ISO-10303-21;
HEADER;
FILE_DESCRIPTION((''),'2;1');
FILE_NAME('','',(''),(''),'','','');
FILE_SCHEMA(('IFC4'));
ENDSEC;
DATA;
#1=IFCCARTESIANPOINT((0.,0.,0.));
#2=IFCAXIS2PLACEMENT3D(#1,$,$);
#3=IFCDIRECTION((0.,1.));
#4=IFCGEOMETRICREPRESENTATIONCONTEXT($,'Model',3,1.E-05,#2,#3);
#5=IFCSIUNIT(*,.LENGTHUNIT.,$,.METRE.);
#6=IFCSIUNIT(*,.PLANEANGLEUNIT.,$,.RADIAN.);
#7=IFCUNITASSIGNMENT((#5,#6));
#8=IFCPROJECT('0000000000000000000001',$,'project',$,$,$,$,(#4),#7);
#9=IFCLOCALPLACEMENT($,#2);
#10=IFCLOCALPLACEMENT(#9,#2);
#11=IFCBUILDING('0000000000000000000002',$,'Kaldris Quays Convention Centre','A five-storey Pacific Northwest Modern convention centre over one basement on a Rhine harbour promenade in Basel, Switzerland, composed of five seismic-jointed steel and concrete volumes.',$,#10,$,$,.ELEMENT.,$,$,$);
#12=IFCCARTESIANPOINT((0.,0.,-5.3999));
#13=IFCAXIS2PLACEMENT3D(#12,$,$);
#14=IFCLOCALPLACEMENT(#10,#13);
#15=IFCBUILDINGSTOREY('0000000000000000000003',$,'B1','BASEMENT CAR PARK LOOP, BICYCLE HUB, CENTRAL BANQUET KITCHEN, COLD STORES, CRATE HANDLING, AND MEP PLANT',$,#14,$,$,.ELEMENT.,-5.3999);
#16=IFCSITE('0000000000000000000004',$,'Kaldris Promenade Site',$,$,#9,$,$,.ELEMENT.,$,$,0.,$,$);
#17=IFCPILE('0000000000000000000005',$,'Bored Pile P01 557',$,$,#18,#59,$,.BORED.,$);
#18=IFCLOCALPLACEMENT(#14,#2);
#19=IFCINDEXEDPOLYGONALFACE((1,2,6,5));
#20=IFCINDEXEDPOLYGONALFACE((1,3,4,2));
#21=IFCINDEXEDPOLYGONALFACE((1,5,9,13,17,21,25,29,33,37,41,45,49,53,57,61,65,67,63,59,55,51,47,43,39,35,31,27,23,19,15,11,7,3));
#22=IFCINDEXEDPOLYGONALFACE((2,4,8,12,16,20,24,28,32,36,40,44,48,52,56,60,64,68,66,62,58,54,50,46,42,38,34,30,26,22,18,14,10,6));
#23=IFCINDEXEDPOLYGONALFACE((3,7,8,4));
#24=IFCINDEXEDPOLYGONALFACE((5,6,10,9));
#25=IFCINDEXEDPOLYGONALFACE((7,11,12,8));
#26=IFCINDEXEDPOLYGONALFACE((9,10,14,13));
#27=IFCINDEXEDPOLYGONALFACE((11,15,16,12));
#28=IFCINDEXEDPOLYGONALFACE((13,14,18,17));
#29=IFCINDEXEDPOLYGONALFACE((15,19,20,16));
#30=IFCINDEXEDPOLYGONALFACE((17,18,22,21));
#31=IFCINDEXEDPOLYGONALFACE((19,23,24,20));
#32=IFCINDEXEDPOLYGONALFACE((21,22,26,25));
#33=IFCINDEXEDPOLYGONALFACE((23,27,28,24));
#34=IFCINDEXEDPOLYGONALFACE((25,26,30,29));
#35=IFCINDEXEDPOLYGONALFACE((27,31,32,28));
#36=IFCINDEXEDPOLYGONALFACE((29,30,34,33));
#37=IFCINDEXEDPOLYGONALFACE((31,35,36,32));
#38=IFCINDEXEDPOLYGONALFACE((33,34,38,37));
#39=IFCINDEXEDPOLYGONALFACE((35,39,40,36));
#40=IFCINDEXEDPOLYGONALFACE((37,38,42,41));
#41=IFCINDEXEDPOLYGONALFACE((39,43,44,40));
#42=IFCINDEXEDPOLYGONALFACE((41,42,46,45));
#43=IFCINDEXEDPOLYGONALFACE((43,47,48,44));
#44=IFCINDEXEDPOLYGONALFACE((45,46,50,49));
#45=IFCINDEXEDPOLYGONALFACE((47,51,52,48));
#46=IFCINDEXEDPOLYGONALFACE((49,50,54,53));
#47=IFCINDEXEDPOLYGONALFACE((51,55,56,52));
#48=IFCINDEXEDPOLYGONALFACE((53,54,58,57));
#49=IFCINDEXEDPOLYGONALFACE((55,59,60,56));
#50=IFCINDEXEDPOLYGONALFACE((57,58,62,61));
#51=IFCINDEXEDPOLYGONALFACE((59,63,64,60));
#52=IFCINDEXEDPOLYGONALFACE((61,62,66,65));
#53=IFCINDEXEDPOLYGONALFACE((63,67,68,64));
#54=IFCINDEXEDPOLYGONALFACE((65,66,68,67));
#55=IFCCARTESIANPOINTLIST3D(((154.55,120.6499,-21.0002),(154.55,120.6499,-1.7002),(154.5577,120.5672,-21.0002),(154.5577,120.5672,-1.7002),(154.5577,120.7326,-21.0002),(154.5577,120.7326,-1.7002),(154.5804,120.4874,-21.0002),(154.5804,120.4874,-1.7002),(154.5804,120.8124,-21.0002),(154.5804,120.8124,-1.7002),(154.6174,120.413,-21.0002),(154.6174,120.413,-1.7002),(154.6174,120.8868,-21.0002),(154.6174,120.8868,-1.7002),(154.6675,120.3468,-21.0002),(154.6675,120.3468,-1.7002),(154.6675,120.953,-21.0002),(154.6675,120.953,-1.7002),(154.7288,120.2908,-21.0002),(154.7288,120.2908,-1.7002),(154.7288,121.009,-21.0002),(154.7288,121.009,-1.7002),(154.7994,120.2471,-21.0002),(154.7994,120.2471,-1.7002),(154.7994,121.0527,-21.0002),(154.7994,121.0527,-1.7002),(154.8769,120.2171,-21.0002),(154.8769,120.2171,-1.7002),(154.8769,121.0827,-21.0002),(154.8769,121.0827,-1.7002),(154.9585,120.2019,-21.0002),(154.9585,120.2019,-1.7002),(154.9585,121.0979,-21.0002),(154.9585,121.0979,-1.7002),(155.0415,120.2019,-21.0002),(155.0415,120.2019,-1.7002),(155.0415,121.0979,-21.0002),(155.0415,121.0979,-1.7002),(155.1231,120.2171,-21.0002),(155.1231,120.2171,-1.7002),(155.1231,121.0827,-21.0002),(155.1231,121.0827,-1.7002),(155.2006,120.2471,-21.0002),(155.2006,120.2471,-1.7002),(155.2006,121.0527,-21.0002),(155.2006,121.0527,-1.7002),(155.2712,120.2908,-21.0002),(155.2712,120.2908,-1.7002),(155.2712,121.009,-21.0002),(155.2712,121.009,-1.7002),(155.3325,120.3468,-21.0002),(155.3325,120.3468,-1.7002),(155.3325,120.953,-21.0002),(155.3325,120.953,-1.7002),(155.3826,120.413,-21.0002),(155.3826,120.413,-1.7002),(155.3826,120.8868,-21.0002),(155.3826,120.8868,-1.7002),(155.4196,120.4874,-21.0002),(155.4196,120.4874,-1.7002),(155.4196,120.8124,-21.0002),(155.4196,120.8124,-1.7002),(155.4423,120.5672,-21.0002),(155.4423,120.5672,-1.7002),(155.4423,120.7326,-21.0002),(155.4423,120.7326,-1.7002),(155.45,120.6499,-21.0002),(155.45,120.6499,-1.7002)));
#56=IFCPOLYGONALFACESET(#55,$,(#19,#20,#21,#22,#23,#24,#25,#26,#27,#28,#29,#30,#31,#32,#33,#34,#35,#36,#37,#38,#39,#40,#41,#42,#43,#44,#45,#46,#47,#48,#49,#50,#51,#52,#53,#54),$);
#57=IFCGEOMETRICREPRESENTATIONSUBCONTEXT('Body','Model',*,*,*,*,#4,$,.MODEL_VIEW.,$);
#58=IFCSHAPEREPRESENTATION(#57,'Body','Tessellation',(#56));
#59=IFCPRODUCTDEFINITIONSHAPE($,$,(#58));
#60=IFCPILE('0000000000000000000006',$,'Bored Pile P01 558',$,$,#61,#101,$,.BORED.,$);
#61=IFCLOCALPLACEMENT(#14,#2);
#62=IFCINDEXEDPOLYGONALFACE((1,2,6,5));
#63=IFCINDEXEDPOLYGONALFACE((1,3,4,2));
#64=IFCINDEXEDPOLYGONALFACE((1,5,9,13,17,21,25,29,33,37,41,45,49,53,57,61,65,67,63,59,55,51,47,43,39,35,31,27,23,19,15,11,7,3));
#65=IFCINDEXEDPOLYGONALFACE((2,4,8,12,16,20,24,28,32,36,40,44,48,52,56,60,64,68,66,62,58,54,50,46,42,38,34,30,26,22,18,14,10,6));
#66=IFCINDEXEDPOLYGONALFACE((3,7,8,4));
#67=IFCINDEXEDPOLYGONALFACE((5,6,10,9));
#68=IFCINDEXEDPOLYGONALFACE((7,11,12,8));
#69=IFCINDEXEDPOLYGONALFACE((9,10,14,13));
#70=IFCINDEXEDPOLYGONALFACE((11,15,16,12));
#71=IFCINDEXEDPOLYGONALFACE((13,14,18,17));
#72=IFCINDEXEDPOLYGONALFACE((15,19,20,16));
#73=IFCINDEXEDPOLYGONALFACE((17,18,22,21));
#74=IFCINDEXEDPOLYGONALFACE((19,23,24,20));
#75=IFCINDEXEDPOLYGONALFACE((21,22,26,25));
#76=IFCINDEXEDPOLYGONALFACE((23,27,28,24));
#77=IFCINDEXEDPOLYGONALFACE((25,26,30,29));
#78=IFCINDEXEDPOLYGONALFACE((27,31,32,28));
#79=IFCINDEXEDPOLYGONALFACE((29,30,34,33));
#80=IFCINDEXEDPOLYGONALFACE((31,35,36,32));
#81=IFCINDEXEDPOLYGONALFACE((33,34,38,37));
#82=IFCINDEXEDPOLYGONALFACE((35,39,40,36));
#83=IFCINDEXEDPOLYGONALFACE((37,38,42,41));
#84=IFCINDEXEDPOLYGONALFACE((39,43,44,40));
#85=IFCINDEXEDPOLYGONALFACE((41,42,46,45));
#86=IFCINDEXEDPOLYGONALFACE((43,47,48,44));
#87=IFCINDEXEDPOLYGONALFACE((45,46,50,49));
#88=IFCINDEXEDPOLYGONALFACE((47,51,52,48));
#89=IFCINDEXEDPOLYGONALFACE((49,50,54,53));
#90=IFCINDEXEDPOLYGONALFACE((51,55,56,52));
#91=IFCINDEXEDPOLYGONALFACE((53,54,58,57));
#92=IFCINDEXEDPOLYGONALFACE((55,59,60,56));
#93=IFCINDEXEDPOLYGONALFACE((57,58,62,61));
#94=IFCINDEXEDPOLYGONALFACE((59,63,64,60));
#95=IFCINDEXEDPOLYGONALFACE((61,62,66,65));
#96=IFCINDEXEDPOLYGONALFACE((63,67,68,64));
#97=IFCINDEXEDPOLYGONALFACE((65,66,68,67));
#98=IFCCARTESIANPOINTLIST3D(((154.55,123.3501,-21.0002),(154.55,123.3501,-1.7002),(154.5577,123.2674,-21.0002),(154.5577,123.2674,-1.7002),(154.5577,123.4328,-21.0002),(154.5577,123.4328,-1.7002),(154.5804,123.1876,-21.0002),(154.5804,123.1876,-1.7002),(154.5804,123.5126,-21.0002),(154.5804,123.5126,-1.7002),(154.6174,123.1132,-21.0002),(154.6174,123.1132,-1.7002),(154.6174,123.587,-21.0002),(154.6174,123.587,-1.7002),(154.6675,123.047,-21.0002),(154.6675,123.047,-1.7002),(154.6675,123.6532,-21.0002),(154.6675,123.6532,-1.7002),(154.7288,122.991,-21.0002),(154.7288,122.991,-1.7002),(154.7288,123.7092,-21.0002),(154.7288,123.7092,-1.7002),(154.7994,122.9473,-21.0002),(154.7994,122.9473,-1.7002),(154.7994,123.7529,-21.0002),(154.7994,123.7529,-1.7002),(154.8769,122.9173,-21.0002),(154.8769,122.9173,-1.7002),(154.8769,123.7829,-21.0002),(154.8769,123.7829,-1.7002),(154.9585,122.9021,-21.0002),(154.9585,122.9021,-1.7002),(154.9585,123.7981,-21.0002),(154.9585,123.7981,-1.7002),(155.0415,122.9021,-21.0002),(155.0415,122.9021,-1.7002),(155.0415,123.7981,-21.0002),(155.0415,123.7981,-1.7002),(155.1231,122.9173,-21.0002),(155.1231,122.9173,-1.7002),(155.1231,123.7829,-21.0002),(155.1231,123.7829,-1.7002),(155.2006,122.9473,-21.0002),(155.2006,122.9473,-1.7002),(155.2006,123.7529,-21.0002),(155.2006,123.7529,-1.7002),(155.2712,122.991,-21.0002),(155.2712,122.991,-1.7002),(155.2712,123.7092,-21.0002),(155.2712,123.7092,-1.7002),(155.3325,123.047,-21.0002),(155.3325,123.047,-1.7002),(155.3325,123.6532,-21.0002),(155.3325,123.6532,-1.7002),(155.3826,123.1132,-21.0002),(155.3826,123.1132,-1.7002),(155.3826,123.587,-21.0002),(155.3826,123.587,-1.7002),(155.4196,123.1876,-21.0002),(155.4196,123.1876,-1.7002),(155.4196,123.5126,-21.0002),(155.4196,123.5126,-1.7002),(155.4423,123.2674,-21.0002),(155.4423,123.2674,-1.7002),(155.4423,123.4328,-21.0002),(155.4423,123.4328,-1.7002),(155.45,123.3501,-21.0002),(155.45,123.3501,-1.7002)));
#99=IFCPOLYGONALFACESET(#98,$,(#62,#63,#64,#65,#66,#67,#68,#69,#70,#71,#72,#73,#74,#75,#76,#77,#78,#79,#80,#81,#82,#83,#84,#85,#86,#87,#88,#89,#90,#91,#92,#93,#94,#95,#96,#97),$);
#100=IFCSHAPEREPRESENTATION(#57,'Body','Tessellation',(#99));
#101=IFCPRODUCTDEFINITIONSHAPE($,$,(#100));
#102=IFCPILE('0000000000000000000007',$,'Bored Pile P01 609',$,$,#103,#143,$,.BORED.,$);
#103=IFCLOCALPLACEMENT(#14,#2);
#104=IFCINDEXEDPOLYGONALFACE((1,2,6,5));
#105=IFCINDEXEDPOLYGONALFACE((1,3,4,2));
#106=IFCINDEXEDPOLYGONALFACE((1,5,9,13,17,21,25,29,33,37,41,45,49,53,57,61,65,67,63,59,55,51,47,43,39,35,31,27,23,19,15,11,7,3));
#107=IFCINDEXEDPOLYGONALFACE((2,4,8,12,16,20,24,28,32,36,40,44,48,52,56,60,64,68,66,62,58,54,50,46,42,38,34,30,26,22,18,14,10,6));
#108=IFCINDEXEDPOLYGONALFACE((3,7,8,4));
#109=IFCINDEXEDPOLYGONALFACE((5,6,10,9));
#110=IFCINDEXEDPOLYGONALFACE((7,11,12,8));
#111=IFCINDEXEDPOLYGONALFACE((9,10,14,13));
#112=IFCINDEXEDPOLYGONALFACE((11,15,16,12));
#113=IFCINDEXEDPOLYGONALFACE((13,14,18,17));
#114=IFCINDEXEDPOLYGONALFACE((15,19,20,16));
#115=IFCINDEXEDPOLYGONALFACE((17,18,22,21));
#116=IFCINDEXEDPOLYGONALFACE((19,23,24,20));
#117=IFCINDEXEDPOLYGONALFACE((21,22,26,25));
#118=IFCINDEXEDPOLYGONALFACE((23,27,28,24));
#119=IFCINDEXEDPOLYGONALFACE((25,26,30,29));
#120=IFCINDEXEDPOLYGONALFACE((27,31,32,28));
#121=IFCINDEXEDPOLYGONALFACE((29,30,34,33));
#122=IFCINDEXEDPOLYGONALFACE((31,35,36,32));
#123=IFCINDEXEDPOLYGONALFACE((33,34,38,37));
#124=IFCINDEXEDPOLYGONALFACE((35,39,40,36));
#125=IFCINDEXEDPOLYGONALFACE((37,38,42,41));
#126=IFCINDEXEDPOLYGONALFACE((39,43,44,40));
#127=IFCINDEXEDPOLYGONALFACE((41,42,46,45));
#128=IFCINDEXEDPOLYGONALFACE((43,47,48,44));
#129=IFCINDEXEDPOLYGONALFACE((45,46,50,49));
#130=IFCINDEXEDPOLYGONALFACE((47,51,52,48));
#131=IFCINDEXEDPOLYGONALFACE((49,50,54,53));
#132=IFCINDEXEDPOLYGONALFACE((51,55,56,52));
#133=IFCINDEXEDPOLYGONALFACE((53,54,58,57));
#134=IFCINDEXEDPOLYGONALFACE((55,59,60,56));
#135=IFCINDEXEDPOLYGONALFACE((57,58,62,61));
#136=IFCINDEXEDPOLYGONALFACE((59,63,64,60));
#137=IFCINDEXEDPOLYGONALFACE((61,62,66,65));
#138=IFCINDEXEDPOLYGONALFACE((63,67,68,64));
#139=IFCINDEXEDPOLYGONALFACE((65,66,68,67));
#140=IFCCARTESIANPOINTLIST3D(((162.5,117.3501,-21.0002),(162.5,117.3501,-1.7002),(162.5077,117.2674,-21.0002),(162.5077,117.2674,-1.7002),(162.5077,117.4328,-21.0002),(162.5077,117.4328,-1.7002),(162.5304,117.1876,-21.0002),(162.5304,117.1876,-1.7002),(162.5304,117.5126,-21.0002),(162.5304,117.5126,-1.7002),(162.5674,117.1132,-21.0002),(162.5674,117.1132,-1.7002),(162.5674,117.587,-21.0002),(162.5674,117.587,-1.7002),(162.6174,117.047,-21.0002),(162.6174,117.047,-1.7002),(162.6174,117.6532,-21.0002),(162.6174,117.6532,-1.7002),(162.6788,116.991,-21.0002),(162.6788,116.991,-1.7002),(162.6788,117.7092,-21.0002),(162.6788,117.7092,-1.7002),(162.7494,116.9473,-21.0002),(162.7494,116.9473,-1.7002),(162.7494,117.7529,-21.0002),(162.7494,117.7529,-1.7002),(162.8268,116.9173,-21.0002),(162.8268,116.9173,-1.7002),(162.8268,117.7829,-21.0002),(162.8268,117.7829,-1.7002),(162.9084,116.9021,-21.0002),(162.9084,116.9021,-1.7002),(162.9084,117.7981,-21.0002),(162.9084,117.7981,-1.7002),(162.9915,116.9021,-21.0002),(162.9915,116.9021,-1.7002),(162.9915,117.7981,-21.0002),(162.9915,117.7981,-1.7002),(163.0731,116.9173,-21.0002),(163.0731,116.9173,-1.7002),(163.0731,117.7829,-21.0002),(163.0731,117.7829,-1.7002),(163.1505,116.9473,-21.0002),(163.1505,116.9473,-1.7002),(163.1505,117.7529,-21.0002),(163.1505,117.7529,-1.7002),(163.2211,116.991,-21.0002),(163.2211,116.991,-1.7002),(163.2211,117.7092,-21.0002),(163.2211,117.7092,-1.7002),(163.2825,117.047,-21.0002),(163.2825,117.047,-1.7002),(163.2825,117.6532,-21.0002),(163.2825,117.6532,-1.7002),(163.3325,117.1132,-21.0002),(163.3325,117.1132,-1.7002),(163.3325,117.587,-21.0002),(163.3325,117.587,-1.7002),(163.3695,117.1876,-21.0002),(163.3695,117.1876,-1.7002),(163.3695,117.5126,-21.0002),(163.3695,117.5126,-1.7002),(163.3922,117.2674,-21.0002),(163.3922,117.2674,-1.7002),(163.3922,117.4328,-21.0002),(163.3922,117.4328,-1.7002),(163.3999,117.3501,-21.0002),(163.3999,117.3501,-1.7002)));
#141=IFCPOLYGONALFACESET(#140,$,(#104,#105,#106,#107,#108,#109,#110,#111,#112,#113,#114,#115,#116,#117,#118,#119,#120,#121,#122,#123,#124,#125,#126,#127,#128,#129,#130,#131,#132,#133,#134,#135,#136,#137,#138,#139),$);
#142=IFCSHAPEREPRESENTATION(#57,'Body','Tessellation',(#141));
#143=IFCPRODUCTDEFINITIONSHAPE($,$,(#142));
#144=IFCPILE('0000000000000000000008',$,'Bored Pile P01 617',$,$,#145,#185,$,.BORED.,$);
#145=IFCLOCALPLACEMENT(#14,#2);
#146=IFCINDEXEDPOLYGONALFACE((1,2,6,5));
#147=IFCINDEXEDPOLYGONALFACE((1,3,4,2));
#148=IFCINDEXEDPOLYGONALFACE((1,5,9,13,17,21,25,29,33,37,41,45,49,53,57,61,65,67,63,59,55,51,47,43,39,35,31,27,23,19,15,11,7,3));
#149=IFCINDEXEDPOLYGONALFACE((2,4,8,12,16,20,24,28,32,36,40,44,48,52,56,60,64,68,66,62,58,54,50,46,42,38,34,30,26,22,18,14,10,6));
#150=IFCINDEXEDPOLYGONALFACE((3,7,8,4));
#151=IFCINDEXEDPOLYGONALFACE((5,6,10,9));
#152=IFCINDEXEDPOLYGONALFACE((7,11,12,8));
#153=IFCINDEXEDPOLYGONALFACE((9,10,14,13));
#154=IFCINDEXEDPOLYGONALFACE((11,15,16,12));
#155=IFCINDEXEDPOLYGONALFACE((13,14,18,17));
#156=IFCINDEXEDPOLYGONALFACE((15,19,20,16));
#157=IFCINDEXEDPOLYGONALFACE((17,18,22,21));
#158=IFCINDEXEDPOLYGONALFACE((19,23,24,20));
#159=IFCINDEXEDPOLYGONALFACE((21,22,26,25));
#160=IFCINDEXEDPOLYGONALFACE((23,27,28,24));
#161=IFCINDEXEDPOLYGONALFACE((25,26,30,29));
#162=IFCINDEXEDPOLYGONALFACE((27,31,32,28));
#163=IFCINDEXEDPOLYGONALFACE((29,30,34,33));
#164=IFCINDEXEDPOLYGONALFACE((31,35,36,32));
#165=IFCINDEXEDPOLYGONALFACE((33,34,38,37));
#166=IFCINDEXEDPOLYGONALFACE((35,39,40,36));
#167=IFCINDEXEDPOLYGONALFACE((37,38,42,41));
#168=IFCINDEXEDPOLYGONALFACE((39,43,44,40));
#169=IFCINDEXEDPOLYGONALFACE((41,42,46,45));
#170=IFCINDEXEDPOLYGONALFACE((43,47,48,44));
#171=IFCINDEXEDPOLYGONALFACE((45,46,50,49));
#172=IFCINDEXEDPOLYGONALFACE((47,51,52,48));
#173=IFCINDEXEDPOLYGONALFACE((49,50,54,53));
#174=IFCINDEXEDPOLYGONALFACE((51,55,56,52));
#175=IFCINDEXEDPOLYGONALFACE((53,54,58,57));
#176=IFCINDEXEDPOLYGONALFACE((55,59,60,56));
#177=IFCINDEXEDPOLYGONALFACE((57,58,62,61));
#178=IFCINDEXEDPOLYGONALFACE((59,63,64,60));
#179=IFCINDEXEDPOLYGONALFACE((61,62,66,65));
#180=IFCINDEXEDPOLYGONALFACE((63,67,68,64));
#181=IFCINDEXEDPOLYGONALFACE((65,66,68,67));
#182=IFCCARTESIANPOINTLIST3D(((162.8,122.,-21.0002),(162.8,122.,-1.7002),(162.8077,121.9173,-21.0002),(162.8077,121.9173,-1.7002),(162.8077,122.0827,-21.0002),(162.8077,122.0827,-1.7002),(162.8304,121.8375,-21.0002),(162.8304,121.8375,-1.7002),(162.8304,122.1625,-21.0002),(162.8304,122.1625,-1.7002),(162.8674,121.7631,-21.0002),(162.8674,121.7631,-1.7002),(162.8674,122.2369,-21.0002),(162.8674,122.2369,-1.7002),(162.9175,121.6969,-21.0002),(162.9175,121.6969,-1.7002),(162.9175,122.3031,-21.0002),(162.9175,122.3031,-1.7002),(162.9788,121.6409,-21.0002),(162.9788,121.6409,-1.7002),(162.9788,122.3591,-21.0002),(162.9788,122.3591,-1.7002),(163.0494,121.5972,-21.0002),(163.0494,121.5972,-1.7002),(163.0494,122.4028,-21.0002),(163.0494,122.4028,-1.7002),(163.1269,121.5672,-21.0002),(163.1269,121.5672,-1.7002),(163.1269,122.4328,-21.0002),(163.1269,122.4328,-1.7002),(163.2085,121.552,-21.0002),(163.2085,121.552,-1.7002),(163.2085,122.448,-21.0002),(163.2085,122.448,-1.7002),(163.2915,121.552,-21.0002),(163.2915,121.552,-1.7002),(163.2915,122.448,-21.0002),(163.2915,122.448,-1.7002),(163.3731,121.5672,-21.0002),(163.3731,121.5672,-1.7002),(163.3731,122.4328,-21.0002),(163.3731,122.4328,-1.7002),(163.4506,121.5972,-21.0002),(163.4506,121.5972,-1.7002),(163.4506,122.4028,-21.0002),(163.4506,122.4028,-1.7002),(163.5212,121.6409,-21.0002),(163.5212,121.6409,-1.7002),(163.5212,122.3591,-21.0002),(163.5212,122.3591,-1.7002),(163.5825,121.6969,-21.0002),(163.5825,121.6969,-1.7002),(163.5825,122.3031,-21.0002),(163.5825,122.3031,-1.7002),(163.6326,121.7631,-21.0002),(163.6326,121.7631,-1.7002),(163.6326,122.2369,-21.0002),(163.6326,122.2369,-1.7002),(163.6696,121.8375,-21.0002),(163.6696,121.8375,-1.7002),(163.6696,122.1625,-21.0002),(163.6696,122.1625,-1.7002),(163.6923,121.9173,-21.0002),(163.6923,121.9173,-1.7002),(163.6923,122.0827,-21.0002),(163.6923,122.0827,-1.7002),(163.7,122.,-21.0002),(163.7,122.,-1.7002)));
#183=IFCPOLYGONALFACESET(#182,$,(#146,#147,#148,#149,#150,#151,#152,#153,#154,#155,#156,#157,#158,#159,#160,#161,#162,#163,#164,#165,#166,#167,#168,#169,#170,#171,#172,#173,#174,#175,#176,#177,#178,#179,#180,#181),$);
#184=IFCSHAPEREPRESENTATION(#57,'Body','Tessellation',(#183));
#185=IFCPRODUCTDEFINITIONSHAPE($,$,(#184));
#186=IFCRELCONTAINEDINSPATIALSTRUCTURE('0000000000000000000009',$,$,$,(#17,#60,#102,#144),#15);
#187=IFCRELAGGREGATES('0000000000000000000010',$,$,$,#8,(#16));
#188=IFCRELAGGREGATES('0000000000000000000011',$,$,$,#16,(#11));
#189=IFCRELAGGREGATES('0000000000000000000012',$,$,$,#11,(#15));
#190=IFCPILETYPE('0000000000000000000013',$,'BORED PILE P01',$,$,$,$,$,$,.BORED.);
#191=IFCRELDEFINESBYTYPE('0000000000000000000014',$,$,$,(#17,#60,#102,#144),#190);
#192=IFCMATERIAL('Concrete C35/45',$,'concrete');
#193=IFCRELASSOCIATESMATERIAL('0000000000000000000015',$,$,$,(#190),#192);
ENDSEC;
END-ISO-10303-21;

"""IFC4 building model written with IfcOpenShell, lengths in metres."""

from ifc_helpers import new_model, si_unit, direction, frame, origin, origin_2d, place, context, subcontext, project, spatial, circle, extrude, material, material_profile, profile_set, type_object, element, save


model = new_model("IFC4")

# Units and contexts
model_context = context("Model", 3, precision=1e-05, world=origin(), true_north=direction((0.0, 1.0)))
body_context = subcontext(model_context, "Body", "Model", "MODEL_VIEW")
ifc_project = project(units=[si_unit("LENGTHUNIT", "METRE"), si_unit("PLANEANGLEUNIT", "RADIAN")], contexts=[model_context])

# Site, building, storey
site_placement = place(None, origin())
site = spatial("IfcSite", under=ifc_project, at=site_placement, Name="Kaldris Promenade Site", CompositionType="ELEMENT", RefElevation=0.0)
building_placement = place(site_placement, origin())
building = spatial("IfcBuilding", under=site, at=building_placement, Name="Kaldris Quays Convention Centre", Description="A five-storey Pacific Northwest Modern convention centre over one basement on a Rhine harbour promenade in Basel, Switzerland, composed of five seismic-jointed steel and concrete volumes.", CompositionType="ELEMENT")
storey_placement = place(building_placement, frame((0.0, 0.0, -5.3999)))
storey = spatial("IfcBuildingStorey", under=building, at=storey_placement, Name="B1", Description="BASEMENT CAR PARK LOOP, BICYCLE HUB, CENTRAL BANQUET KITCHEN, COLD STORES, CRATE HANDLING, AND MEP PLANT", CompositionType="ELEMENT", Elevation=-5.3999)

# Piles
ifc_material_1 = material(Name="Concrete C35/45", Category="concrete")
ifc_material_profile_1 = material_profile(ifc_material_1, circle(Radius=0.45, at=origin_2d()), Name="BORED PILE D900")
ifc_profile_set_1 = profile_set([ifc_material_profile_1], Name="Concrete C35/45")
pile_type_1 = type_object("IfcPileType", Name="BORED PILE P01", PredefinedType="BORED", material=ifc_profile_set_1)
for number, where, z_axis, x_axis, name in (
    (1, (155.0, 120.6499, -1.7002), (0.0, 0.0, -1.0), (1.0, 0.0, 0.0), "Bored Pile P01 557"),
    (2, (155.0, 123.3501, -1.7002), (0.0, 0.0, -1.0), (1.0, 0.0, 0.0), "Bored Pile P01 558"),
    (3, (162.95, 117.3501, -1.7002), (0.0, 0.0, -1.0), (1.0, 0.0, 0.0), "Bored Pile P01 609"),
    (4, (163.25, 122.0, -1.7002), (0.0, 0.0, -1.0), (1.0, 0.0, 0.0), "Bored Pile P01 617"),
):
    element("IfcPile", number, at=place(storey_placement, frame(where, z_axis=z_axis, x_axis=x_axis)), inside=storey, type_object=pile_type_1, Name=name, PredefinedType="BORED", context=body_context, shape_type="SweptSolid", body=[
        extrude(circle(Radius=0.45, at=origin_2d()), origin(), (0.0, 0.0, 1.0), 19.3),
    ])

save(model, "model.ifc")
